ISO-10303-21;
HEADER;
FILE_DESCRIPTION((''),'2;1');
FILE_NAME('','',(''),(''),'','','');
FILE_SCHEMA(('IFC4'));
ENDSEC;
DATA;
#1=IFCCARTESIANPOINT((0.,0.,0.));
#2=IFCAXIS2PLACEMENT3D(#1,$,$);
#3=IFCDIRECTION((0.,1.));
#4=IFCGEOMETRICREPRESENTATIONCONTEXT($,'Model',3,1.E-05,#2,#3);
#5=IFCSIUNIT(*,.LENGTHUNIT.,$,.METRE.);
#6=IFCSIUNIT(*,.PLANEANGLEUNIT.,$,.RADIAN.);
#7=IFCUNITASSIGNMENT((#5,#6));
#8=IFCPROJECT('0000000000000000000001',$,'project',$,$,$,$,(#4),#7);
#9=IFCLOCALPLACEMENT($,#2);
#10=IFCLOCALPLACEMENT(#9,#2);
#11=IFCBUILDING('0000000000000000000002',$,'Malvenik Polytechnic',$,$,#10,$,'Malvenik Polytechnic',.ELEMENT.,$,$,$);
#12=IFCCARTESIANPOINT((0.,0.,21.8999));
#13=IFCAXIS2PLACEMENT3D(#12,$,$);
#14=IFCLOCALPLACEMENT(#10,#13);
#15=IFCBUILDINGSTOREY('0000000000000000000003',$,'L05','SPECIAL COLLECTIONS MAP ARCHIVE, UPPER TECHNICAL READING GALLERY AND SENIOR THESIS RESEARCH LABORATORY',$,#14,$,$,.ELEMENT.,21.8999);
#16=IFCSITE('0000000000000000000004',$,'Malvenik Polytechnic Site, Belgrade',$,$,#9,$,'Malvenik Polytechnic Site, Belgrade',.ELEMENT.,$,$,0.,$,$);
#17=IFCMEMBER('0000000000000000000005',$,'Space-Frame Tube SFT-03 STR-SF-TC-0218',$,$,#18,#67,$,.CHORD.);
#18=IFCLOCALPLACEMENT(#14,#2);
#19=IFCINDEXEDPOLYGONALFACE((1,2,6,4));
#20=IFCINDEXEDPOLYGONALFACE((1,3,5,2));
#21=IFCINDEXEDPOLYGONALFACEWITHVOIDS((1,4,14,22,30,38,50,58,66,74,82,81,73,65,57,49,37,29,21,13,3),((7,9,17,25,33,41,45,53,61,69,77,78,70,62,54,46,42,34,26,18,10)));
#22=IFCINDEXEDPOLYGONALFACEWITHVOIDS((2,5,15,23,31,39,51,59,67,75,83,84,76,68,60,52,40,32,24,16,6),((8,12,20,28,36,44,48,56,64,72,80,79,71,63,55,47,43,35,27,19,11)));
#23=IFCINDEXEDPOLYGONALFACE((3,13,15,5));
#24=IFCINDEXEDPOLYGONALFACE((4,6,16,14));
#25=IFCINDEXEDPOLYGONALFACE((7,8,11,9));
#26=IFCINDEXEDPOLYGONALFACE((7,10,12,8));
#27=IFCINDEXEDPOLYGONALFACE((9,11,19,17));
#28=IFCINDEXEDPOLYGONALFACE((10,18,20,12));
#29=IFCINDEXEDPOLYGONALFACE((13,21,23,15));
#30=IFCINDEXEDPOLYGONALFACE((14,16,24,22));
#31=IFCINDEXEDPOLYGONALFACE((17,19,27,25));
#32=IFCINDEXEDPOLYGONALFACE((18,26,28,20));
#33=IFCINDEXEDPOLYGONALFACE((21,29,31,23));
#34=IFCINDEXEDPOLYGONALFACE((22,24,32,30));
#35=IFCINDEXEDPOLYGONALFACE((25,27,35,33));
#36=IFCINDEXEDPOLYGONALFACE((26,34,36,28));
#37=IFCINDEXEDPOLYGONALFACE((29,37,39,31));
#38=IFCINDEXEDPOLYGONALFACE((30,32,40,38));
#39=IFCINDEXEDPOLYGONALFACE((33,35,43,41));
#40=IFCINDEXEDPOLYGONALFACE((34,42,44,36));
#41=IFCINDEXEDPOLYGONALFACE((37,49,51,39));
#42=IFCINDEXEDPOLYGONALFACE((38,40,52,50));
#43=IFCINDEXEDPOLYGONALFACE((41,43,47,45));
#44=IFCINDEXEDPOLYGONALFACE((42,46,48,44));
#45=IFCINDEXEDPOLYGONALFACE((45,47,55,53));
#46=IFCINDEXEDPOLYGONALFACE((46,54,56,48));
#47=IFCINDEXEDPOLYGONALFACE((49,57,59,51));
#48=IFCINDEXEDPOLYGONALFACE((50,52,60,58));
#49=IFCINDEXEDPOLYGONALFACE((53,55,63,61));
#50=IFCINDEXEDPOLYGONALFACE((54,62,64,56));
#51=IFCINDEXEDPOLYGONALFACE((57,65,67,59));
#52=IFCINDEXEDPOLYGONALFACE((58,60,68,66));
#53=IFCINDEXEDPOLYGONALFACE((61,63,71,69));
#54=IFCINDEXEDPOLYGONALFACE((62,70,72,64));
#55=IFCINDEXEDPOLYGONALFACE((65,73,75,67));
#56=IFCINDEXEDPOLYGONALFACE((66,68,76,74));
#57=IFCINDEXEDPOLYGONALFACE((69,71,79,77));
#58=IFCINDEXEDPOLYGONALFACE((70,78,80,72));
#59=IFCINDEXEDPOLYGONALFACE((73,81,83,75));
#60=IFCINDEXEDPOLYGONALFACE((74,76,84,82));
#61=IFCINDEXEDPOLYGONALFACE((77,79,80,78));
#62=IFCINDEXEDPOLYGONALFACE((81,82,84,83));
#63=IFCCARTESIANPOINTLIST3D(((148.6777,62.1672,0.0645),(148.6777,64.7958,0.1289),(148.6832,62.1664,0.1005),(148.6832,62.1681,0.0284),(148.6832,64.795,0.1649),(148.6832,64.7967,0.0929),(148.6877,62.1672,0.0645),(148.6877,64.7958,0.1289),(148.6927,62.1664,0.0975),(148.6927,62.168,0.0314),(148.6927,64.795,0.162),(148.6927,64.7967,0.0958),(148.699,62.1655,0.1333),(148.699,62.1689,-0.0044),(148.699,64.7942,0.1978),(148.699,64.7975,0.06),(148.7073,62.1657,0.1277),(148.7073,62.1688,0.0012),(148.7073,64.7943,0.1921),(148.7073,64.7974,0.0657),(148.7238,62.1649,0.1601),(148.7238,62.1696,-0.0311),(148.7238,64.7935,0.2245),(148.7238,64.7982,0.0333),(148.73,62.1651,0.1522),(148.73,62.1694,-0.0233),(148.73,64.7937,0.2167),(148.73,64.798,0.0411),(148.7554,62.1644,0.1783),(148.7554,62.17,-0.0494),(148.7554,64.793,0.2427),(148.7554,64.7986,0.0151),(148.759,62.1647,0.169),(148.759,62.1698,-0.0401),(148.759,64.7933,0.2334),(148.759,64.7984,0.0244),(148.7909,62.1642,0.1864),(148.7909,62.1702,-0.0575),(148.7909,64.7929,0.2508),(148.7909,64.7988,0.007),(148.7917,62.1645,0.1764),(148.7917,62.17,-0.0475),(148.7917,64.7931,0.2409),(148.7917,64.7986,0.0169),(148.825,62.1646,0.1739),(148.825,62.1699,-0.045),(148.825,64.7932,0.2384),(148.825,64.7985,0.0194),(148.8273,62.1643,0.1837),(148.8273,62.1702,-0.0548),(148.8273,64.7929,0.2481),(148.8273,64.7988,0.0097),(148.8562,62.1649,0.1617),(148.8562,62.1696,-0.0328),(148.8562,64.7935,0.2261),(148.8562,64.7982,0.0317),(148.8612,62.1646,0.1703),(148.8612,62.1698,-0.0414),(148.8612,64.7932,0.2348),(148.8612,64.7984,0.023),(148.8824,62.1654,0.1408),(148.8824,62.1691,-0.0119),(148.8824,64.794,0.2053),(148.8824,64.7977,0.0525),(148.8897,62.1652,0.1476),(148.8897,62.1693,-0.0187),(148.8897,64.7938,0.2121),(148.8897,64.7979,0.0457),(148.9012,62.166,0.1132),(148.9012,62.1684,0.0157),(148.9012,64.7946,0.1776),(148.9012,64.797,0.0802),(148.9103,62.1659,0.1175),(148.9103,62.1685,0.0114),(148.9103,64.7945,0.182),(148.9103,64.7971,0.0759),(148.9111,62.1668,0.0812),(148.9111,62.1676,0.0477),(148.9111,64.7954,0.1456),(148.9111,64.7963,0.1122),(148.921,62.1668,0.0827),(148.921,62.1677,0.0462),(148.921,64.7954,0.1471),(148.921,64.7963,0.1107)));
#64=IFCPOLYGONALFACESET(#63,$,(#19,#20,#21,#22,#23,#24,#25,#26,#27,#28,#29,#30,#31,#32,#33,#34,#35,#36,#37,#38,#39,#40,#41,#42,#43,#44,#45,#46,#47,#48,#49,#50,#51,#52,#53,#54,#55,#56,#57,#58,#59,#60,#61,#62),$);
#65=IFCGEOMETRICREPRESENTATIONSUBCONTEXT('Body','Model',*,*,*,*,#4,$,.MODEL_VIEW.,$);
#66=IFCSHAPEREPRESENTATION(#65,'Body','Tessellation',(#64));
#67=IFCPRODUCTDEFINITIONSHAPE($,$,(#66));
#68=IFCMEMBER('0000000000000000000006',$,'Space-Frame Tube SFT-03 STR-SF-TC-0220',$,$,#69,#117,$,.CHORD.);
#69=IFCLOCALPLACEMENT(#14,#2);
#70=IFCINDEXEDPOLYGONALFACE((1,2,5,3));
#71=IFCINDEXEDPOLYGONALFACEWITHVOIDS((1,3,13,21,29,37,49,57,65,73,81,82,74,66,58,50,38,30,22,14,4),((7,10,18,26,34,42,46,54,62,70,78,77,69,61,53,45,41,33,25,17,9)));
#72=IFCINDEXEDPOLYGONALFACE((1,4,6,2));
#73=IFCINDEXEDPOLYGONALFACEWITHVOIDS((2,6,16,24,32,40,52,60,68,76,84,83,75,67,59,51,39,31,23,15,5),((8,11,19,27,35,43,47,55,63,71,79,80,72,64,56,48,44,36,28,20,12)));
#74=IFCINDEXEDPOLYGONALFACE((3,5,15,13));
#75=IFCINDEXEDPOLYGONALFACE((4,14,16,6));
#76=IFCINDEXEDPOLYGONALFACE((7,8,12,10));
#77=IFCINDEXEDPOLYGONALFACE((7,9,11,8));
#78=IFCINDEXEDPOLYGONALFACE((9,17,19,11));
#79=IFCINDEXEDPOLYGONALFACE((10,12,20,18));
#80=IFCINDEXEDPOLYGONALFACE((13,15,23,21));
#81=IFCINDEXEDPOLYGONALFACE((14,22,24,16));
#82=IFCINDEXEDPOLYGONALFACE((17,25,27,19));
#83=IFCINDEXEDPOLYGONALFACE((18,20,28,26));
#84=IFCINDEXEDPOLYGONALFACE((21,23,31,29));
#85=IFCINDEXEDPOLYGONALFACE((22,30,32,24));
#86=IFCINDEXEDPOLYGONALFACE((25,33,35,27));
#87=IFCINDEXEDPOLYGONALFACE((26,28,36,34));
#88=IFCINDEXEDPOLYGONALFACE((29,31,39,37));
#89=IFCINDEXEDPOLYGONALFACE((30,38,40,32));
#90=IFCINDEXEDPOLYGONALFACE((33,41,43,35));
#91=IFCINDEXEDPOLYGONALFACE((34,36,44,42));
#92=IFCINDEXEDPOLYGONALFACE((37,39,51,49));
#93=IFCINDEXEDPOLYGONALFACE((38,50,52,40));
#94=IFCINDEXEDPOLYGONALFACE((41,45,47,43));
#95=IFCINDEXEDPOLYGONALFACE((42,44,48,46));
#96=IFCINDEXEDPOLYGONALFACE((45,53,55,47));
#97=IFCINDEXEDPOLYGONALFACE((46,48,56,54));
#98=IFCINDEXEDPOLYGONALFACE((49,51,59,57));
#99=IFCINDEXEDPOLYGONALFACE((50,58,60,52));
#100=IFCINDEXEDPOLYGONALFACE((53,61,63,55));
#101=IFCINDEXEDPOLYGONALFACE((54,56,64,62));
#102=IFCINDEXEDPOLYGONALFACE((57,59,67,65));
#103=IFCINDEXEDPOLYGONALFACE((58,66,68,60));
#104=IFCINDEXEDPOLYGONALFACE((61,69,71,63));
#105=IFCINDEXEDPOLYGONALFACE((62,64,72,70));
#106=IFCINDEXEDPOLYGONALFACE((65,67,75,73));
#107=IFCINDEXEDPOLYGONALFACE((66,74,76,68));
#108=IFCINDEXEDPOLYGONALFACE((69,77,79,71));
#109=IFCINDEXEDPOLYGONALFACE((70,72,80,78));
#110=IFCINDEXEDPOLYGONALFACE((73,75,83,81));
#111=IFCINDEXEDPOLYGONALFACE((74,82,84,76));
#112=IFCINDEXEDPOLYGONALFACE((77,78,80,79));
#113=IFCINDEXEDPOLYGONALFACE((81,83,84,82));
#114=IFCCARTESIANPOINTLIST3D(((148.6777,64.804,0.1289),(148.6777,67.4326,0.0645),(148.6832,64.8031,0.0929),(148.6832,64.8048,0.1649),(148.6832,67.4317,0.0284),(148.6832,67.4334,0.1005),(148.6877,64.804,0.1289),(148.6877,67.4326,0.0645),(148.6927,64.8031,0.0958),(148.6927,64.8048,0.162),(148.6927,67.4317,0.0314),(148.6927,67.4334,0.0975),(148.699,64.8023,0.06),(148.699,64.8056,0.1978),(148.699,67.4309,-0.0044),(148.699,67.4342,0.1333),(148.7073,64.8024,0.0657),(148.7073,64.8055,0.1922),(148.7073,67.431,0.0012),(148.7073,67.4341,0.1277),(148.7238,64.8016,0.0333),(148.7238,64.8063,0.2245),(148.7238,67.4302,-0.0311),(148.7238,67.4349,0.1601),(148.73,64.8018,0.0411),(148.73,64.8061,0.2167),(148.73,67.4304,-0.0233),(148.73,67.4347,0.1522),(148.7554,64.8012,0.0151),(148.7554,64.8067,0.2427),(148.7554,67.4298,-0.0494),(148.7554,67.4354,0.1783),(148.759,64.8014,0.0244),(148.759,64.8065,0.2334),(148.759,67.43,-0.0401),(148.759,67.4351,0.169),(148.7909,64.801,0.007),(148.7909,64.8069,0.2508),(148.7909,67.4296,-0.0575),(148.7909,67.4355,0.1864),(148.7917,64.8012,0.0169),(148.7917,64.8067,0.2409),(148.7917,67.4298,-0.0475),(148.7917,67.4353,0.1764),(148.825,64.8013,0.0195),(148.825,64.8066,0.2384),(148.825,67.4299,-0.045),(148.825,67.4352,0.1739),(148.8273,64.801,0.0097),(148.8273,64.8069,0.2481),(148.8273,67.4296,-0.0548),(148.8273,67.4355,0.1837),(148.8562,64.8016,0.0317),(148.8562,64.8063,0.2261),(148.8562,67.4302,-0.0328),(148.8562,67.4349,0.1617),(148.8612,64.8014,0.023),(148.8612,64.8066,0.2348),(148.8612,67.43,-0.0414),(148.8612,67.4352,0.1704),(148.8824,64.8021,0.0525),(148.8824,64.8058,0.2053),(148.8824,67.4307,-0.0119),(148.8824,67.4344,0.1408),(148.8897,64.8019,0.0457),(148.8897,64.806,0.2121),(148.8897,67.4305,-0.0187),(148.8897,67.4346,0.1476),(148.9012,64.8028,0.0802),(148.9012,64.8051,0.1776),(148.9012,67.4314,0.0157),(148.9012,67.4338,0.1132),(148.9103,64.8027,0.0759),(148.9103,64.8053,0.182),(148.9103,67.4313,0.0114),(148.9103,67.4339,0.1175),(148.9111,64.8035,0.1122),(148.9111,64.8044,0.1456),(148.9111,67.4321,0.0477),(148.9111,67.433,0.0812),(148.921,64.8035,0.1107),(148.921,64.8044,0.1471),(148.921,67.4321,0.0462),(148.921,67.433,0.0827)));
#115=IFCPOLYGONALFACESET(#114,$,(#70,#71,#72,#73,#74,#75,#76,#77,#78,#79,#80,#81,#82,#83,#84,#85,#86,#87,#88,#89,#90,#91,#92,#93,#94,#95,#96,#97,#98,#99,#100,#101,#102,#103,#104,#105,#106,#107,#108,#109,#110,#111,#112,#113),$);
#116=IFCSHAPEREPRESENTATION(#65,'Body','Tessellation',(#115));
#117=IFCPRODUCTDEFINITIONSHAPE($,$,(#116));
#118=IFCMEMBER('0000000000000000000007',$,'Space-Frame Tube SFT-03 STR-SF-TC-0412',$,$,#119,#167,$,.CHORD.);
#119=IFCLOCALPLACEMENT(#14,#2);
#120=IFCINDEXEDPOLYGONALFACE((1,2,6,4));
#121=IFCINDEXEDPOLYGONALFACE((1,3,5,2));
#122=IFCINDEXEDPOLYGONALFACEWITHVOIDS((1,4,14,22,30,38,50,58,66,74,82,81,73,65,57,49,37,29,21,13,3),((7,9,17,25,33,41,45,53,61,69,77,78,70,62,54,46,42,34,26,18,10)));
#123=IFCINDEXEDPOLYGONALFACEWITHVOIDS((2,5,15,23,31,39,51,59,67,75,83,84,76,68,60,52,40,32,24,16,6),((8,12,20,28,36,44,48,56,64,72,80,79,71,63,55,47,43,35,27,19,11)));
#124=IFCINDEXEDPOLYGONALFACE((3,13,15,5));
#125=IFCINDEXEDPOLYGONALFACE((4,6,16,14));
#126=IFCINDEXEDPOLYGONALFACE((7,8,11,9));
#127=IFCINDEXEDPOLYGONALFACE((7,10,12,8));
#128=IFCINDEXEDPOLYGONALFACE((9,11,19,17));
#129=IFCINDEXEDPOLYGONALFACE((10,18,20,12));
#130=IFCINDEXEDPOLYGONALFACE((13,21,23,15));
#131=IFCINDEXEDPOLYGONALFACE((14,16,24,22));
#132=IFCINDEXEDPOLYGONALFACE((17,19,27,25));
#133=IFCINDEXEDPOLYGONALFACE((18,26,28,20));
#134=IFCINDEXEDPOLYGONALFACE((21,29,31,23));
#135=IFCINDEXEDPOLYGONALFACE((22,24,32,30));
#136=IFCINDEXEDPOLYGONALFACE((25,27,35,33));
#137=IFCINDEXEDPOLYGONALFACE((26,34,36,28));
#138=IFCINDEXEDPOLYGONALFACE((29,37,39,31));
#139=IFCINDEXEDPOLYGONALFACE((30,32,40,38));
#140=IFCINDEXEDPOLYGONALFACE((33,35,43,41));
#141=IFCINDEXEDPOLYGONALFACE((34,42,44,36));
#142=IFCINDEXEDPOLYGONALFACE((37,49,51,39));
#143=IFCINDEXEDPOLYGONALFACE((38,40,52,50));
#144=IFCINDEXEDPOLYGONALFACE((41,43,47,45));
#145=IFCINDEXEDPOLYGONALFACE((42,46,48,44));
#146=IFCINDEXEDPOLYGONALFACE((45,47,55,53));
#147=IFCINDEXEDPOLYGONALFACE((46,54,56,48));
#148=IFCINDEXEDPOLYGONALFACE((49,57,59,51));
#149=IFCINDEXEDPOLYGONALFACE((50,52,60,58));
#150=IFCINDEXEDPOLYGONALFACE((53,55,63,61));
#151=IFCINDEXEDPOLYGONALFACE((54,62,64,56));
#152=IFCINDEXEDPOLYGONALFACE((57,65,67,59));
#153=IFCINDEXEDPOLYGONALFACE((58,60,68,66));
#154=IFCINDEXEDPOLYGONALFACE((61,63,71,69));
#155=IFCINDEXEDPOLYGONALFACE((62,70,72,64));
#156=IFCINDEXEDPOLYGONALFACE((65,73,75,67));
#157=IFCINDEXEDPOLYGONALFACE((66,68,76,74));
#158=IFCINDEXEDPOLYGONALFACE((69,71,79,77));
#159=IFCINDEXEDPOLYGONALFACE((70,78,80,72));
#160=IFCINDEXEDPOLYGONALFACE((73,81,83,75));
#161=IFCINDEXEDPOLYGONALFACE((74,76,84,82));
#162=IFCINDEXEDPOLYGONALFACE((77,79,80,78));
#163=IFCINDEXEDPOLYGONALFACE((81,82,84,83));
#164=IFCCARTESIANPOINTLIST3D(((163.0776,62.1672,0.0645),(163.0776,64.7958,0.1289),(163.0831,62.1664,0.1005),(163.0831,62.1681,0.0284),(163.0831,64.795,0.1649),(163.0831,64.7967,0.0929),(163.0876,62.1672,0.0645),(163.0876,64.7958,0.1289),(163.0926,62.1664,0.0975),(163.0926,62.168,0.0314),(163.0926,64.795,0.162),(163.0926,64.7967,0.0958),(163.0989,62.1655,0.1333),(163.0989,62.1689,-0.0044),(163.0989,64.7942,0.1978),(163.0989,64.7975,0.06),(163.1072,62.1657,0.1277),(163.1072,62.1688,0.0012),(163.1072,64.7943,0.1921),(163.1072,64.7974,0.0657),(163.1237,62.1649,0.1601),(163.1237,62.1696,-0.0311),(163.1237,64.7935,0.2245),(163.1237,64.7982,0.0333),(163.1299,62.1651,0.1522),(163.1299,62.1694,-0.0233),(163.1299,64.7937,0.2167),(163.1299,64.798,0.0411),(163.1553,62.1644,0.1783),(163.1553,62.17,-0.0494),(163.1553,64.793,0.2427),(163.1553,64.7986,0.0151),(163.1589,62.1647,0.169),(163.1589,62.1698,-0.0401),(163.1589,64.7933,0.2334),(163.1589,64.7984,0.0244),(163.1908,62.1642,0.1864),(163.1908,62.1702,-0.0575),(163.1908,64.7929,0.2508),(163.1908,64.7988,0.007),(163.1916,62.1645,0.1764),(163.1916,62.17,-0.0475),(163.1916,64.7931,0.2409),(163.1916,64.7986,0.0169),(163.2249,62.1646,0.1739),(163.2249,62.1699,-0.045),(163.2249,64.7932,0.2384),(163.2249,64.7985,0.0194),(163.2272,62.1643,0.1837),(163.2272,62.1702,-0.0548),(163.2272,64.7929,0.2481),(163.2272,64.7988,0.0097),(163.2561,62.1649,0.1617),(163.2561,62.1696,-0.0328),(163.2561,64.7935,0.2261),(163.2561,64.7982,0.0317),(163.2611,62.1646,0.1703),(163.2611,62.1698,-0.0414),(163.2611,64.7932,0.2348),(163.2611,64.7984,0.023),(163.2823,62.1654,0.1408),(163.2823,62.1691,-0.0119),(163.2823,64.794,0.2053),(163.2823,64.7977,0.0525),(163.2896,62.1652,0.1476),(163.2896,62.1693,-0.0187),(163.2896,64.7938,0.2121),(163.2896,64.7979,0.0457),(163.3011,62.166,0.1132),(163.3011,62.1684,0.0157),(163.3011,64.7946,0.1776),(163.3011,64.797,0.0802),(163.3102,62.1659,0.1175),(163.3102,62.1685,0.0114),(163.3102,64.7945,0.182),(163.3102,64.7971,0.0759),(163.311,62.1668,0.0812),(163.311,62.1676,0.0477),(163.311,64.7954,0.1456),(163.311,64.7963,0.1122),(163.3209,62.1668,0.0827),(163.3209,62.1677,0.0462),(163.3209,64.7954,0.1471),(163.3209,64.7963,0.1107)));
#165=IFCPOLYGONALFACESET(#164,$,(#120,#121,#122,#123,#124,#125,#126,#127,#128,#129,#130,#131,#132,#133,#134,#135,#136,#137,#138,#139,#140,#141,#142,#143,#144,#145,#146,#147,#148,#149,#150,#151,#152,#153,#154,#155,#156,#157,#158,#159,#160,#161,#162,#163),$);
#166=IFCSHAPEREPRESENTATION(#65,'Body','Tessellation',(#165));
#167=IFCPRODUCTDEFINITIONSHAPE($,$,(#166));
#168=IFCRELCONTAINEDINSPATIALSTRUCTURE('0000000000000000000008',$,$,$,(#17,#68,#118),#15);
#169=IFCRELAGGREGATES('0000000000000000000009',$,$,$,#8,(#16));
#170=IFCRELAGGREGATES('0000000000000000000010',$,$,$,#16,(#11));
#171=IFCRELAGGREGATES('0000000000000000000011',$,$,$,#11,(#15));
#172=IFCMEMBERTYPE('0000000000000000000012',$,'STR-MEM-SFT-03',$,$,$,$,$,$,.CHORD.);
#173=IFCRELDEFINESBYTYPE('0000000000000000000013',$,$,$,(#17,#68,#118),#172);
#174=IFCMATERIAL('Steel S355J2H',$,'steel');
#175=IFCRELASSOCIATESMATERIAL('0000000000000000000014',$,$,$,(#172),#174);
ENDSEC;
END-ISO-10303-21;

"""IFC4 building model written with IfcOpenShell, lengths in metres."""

from ifc_helpers import new_model, si_unit, direction, frame, origin, origin_2d, place, context, subcontext, project, spatial, hollow_circle, extrude, material, material_profile, profile_set, type_object, element, save


model = new_model("IFC4")

# Units and contexts
model_context = context("Model", 3, precision=1e-05, world=origin(), true_north=direction((0.0, 1.0)))
body_context = subcontext(model_context, "Body", "Model", "MODEL_VIEW")
ifc_project = project(units=[si_unit("LENGTHUNIT", "METRE"), si_unit("PLANEANGLEUNIT", "RADIAN")], contexts=[model_context])

# Site, building, storey
site_placement = place(None, origin())
site = spatial("IfcSite", under=ifc_project, at=site_placement, Name="Malvenik Polytechnic Site, Belgrade", LongName="Malvenik Polytechnic Site, Belgrade", CompositionType="ELEMENT", RefElevation=0.0)
building_placement = place(site_placement, origin())
building = spatial("IfcBuilding", under=site, at=building_placement, Name="Malvenik Polytechnic", LongName="Malvenik Polytechnic", CompositionType="ELEMENT")
storey_placement = place(building_placement, frame((0.0, 0.0, 21.8999)))
storey = spatial("IfcBuildingStorey", under=building, at=storey_placement, Name="L05", Description="SPECIAL COLLECTIONS MAP ARCHIVE, UPPER TECHNICAL READING GALLERY AND SENIOR THESIS RESEARCH LABORATORY", CompositionType="ELEMENT", Elevation=21.8999)

# Members
ifc_material = material(Name="Steel S355J2H", Category="steel")
ifc_material_profile_1 = material_profile(ifc_material, hollow_circle(Radius=0.1223, WallThickness=0.01, at=origin_2d()), Name="CHS 244.5x10.0")
ifc_profile_set_1 = profile_set([ifc_material_profile_1], Name="Steel S355J2H")
member_type_1 = type_object("IfcMemberType", Name="STR-MEM-SFT-03", PredefinedType="CHORD", material=ifc_profile_set_1)
for number, where, z_axis, x_axis, name in (
    (1, (148.8, 62.1672, 0.0645), (0.0, 0.9997, 0.024512), (-1.0, 0.0, 0.0), "Space-Frame Tube SFT-03 STR-SF-TC-0218"),
    (2, (148.8, 64.804, 0.1289), (0.0, 0.9997, -0.024512), (-1.0, 0.0, 0.0), "Space-Frame Tube SFT-03 STR-SF-TC-0220"),
    (3, (163.2, 62.1672, 0.0645), (0.0, 0.9997, 0.024512), (-1.0, 0.0, 0.0), "Space-Frame Tube SFT-03 STR-SF-TC-0412"),
):
    element("IfcMember", number, at=place(storey_placement, frame(where, z_axis=z_axis, x_axis=x_axis)), inside=storey, type_object=member_type_1, Name=name, PredefinedType="CHORD", context=body_context, shape_type="SweptSolid", body=[
        extrude(hollow_circle(Radius=0.1223, WallThickness=0.01, at=origin_2d()), origin(), (0.0, 0.0, 1.0), 2.6294),
    ])

save(model, "model.ifc")
